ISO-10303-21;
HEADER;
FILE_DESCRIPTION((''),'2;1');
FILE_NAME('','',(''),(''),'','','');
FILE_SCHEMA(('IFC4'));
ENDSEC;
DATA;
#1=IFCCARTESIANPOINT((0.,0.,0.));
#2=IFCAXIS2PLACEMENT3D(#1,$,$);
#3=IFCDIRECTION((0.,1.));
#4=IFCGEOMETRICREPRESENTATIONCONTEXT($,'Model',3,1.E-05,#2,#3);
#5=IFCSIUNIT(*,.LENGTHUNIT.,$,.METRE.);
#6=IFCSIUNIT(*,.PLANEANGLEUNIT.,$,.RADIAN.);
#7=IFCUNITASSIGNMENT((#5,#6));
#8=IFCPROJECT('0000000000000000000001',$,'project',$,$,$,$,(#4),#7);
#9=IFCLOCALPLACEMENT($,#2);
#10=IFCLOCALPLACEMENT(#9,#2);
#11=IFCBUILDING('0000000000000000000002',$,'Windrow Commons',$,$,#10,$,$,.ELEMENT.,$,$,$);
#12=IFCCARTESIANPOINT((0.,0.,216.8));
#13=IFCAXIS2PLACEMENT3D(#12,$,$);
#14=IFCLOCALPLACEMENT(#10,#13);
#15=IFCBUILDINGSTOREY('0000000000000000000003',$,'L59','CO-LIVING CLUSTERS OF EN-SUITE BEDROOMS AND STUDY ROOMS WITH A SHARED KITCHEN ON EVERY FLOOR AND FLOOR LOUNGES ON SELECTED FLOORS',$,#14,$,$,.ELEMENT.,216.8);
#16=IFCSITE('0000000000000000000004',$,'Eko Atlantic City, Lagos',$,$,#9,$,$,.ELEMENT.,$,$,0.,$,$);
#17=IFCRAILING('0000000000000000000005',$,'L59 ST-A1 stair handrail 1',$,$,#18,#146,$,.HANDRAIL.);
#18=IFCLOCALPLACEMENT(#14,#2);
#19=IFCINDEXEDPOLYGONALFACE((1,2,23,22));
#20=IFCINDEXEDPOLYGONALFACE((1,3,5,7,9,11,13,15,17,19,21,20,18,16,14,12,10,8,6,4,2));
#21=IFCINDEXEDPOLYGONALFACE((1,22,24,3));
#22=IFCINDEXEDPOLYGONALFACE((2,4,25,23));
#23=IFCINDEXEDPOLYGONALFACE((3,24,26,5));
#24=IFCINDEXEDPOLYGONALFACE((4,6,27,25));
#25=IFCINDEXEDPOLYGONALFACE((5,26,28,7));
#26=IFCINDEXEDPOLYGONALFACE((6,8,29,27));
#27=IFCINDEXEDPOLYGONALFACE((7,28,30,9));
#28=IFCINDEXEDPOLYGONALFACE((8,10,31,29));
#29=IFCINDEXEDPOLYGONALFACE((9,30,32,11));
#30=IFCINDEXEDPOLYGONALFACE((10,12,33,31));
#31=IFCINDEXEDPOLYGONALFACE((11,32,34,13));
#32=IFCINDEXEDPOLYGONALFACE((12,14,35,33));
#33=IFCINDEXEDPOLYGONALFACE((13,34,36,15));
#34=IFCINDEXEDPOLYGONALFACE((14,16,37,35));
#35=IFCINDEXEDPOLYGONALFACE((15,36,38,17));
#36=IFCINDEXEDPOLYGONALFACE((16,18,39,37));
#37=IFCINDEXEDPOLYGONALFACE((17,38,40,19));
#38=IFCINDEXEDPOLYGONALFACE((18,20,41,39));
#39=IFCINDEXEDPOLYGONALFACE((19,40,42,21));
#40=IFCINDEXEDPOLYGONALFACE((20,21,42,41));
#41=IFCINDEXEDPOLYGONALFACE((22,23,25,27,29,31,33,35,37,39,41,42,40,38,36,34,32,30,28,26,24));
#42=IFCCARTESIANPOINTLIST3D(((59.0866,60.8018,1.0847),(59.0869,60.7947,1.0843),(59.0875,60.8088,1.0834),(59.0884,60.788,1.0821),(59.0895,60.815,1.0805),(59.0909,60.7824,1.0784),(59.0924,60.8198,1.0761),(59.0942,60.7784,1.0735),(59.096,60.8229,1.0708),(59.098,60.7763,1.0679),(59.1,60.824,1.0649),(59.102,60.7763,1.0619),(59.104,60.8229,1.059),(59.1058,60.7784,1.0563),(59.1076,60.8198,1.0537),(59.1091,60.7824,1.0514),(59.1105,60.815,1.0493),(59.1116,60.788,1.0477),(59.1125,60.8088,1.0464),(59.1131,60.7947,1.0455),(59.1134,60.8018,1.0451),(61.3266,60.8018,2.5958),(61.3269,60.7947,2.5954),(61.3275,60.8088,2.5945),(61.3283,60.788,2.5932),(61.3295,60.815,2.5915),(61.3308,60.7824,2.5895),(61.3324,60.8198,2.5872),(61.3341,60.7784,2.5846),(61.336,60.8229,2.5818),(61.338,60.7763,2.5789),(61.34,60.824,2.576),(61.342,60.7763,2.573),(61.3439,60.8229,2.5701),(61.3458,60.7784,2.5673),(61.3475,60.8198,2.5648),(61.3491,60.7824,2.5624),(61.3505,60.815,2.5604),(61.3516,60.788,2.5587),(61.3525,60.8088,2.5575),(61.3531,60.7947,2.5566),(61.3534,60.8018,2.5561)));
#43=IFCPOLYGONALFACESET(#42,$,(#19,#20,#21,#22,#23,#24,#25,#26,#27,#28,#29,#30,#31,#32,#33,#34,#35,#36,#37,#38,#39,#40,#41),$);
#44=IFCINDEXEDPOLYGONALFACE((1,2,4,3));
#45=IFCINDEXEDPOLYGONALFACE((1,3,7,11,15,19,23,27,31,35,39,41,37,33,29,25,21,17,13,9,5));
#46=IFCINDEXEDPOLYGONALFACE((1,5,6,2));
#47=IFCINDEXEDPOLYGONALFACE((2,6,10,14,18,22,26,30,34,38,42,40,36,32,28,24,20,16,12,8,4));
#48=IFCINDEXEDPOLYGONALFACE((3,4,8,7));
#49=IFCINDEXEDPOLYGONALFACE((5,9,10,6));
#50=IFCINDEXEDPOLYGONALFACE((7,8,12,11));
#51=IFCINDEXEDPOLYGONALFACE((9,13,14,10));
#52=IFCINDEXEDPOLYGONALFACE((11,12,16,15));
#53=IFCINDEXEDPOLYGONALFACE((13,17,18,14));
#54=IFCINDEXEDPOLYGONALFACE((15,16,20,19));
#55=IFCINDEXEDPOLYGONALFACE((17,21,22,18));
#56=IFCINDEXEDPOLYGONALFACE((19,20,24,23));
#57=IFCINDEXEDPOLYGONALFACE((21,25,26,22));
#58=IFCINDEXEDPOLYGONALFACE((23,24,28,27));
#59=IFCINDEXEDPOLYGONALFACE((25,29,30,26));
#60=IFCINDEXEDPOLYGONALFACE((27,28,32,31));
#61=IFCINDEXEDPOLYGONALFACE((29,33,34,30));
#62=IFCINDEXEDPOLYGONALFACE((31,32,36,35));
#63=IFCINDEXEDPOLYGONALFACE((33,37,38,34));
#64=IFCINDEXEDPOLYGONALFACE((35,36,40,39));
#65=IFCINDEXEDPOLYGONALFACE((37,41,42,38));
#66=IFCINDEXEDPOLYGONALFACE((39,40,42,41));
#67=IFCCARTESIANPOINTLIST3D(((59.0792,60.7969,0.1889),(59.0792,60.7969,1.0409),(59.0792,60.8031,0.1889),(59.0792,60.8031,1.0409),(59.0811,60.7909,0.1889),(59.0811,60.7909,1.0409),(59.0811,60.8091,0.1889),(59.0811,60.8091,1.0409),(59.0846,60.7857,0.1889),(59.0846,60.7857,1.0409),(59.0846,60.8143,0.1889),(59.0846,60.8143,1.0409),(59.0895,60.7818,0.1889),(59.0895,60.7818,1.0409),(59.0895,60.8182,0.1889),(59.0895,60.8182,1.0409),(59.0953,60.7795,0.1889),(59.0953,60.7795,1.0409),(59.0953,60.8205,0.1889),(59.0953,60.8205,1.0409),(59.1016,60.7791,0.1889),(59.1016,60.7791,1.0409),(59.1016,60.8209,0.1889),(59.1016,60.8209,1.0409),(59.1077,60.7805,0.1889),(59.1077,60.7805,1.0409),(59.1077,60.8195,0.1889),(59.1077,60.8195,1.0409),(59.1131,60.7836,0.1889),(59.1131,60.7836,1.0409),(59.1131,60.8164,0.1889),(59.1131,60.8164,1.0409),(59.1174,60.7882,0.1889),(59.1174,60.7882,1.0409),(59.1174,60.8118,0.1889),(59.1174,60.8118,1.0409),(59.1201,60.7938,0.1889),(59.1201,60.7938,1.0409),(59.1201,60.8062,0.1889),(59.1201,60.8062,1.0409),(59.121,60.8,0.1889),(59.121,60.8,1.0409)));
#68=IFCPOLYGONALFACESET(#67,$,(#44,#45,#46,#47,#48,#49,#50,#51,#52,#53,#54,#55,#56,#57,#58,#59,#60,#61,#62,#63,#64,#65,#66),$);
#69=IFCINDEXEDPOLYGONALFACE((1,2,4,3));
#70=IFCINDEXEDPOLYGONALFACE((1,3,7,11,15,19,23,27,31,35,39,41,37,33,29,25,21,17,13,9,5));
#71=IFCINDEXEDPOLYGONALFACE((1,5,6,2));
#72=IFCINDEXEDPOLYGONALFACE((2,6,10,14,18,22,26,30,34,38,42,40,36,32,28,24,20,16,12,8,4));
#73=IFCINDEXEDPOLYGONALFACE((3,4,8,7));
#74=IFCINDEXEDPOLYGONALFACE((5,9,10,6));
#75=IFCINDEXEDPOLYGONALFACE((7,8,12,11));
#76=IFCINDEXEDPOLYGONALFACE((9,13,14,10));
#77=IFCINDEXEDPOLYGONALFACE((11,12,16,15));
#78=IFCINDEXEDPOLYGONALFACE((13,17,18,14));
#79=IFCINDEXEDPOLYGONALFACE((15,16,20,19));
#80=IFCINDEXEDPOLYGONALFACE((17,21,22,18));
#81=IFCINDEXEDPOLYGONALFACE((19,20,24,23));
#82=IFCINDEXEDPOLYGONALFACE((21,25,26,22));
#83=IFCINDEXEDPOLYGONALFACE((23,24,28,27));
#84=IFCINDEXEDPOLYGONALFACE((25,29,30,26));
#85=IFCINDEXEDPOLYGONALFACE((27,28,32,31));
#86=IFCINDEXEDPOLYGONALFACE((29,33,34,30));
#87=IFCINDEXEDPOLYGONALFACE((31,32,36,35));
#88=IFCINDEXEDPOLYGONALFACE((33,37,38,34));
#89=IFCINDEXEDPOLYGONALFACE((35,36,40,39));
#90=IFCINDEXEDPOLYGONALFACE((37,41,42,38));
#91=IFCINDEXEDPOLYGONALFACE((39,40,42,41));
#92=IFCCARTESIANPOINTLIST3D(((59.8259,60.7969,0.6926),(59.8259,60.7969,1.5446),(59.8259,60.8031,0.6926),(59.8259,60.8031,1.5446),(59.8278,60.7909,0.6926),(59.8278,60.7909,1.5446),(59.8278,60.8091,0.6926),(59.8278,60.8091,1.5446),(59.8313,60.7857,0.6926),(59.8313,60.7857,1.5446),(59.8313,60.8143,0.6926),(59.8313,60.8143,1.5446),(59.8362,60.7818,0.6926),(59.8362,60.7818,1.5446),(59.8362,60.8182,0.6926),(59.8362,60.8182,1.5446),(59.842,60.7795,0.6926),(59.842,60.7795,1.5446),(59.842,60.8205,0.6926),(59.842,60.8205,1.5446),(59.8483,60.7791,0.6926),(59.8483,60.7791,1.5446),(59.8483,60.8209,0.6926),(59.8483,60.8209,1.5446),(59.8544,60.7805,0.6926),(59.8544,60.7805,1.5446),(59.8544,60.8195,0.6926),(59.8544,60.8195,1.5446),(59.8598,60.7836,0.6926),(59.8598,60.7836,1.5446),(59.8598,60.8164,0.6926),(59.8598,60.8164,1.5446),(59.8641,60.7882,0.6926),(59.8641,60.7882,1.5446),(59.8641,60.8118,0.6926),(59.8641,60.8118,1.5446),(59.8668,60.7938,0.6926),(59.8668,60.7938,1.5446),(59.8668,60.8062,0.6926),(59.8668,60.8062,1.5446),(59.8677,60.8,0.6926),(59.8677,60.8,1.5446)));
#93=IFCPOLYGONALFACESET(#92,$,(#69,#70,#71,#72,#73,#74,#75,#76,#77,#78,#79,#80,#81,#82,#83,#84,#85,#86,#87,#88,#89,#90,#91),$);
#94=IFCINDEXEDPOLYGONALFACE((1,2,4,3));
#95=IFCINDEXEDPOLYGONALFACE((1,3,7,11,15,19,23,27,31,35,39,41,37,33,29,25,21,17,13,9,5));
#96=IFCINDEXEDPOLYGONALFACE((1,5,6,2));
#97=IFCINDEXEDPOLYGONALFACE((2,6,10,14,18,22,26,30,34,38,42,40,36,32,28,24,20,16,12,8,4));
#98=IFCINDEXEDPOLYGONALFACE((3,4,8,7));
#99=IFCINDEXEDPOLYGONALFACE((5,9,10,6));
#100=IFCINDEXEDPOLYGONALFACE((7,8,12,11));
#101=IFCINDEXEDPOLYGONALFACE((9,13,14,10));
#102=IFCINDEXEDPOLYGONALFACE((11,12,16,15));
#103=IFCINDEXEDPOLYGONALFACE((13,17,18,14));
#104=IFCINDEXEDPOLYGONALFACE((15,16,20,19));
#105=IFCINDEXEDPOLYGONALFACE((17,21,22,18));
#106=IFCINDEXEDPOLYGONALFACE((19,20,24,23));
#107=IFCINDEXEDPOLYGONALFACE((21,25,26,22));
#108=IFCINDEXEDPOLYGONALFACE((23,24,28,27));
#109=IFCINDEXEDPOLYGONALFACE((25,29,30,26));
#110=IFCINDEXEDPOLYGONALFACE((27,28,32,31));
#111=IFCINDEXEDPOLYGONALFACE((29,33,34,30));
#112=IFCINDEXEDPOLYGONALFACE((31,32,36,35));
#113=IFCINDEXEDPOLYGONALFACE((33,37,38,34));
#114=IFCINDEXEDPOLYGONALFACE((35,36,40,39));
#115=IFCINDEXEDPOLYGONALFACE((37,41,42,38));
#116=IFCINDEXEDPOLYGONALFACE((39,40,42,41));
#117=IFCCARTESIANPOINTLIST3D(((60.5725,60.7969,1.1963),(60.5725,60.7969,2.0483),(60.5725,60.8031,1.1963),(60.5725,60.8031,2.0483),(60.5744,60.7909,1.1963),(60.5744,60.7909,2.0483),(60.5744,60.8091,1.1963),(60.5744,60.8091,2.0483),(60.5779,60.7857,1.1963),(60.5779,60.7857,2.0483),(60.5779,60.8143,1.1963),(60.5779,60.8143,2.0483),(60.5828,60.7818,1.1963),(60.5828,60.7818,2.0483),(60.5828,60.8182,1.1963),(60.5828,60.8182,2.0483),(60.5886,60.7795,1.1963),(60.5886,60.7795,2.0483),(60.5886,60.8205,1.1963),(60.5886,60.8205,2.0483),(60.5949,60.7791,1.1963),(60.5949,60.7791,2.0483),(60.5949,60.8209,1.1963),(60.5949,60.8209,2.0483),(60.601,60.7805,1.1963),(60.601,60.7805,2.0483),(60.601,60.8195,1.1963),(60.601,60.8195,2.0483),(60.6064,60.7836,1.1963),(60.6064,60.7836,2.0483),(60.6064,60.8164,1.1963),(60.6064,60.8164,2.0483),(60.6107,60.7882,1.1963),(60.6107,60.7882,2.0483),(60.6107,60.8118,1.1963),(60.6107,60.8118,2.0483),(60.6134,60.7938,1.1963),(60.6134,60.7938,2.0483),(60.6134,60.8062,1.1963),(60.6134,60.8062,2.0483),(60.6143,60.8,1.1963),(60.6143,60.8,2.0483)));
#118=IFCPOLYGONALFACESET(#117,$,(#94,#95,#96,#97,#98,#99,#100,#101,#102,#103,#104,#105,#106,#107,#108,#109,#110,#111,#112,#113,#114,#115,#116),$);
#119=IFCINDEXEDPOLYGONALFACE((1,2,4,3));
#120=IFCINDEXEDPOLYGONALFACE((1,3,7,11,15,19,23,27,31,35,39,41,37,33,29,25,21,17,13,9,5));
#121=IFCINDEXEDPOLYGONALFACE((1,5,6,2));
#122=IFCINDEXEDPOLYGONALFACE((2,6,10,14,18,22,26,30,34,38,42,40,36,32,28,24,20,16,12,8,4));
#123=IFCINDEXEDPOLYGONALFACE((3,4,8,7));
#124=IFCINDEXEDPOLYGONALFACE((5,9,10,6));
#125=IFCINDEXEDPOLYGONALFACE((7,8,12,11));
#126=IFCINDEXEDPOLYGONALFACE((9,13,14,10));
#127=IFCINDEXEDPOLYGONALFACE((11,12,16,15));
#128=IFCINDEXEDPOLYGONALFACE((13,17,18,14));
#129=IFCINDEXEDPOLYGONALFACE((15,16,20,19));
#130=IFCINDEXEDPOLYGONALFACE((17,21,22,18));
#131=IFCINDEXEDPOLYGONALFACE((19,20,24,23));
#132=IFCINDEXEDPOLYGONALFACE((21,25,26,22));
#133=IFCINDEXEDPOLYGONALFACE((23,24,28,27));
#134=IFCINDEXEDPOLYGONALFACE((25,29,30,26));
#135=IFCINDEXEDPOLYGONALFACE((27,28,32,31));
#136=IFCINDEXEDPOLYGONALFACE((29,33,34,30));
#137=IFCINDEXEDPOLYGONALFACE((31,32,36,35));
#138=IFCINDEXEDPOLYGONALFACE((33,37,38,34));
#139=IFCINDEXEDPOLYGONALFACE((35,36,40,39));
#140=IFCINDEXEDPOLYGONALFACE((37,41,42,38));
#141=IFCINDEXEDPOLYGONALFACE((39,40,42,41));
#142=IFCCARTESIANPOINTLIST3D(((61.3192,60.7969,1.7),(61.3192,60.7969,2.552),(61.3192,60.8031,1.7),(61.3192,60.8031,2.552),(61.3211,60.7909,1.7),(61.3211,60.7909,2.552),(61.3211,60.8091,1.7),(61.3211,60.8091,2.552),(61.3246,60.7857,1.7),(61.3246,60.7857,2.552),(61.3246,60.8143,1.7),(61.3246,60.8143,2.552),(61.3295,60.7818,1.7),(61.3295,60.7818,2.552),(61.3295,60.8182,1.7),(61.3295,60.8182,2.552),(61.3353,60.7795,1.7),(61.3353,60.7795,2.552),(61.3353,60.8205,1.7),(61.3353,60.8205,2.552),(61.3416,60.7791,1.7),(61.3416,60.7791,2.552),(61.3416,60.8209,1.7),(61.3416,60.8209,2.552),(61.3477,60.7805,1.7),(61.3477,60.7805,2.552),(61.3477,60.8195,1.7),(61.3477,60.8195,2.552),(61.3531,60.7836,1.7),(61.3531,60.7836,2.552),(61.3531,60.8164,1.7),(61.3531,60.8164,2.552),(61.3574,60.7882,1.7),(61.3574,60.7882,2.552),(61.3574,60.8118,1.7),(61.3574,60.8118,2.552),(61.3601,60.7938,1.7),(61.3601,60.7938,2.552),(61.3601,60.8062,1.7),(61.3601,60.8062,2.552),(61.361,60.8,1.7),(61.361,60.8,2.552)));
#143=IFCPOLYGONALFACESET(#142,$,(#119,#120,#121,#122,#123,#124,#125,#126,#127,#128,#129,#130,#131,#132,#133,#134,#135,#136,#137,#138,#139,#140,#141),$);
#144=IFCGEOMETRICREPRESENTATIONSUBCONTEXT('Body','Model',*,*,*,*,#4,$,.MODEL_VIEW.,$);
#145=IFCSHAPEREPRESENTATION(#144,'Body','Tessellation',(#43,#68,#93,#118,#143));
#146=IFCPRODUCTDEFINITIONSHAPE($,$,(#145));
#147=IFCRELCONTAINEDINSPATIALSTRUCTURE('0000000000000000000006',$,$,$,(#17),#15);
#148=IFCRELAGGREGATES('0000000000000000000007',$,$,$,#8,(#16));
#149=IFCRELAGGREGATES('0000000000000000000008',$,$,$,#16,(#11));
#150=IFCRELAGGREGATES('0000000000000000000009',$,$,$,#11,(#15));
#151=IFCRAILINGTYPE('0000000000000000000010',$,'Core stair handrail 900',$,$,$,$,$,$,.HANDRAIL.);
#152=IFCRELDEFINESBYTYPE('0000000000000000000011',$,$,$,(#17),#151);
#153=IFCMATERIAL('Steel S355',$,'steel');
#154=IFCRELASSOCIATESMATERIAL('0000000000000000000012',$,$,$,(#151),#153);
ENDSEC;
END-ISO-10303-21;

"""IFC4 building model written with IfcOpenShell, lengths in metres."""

from ifc_helpers import new_model, si_unit, direction, frame, origin, origin_2d, place, context, subcontext, project, spatial, circle, extrude, material, type_object, element, save


model = new_model("IFC4")

# Units and contexts
model_context = context("Model", 3, precision=1e-05, world=origin(), true_north=direction((0.0, 1.0)))
body_context = subcontext(model_context, "Body", "Model", "MODEL_VIEW")
ifc_project = project(units=[si_unit("LENGTHUNIT", "METRE"), si_unit("PLANEANGLEUNIT", "RADIAN")], contexts=[model_context])

# Site, building, storey
site_placement = place(None, origin())
site = spatial("IfcSite", under=ifc_project, at=site_placement, Name="Eko Atlantic City, Lagos", CompositionType="ELEMENT", RefElevation=0.0)
building_placement = place(site_placement, origin())
building = spatial("IfcBuilding", under=site, at=building_placement, Name="Windrow Commons", CompositionType="ELEMENT")
storey_placement = place(building_placement, frame((0.0, 0.0, 216.8)))
storey = spatial("IfcBuildingStorey", under=building, at=storey_placement, Name="L59", Description="CO-LIVING CLUSTERS OF EN-SUITE BEDROOMS AND STUDY ROOMS WITH A SHARED KITCHEN ON EVERY FLOOR AND FLOOR LOUNGES ON SELECTED FLOORS", CompositionType="ELEMENT", Elevation=216.8)

# Railing
ifc_material_1 = material(Name="Steel S355", Category="steel")
railing_type = type_object("IfcRailingType", Name="Core stair handrail 900", PredefinedType="HANDRAIL", material=ifc_material_1)
for number, where, name in (
    (1, (59.1, 60.8, 0.1889), "L59 ST-A1 stair handrail 1"),
):
    element("IfcRailing", number, at=place(storey_placement, frame(where)), inside=storey, type_object=railing_type, Name=name, PredefinedType="HANDRAIL", context=body_context, shape_type="SweptSolid", body=[
        extrude(circle(Radius=0.024, at=origin_2d()), frame((0.0, 0.0, 0.876), z_axis=(0.829003, 0.0, 0.559244), x_axis=(0.0, 1.0, 0.0)), (0.0, 0.0, 1.0), 2.702),
        extrude(circle(Radius=0.021, at=origin_2d()), origin(), (0.0, 0.0, 1.0), 0.852),
        extrude(circle(Radius=0.021, at=origin_2d()), frame((0.7467, 0.0, 0.5037)), (0.0, 0.0, 1.0), 0.852),
        extrude(circle(Radius=0.021, at=origin_2d()), frame((1.4933, 0.0, 1.0074)), (0.0, 0.0, 1.0), 0.852),
        extrude(circle(Radius=0.021, at=origin_2d()), frame((2.24, 0.0, 1.5111)), (0.0, 0.0, 1.0), 0.852),
    ])

save(model, "model.ifc")
